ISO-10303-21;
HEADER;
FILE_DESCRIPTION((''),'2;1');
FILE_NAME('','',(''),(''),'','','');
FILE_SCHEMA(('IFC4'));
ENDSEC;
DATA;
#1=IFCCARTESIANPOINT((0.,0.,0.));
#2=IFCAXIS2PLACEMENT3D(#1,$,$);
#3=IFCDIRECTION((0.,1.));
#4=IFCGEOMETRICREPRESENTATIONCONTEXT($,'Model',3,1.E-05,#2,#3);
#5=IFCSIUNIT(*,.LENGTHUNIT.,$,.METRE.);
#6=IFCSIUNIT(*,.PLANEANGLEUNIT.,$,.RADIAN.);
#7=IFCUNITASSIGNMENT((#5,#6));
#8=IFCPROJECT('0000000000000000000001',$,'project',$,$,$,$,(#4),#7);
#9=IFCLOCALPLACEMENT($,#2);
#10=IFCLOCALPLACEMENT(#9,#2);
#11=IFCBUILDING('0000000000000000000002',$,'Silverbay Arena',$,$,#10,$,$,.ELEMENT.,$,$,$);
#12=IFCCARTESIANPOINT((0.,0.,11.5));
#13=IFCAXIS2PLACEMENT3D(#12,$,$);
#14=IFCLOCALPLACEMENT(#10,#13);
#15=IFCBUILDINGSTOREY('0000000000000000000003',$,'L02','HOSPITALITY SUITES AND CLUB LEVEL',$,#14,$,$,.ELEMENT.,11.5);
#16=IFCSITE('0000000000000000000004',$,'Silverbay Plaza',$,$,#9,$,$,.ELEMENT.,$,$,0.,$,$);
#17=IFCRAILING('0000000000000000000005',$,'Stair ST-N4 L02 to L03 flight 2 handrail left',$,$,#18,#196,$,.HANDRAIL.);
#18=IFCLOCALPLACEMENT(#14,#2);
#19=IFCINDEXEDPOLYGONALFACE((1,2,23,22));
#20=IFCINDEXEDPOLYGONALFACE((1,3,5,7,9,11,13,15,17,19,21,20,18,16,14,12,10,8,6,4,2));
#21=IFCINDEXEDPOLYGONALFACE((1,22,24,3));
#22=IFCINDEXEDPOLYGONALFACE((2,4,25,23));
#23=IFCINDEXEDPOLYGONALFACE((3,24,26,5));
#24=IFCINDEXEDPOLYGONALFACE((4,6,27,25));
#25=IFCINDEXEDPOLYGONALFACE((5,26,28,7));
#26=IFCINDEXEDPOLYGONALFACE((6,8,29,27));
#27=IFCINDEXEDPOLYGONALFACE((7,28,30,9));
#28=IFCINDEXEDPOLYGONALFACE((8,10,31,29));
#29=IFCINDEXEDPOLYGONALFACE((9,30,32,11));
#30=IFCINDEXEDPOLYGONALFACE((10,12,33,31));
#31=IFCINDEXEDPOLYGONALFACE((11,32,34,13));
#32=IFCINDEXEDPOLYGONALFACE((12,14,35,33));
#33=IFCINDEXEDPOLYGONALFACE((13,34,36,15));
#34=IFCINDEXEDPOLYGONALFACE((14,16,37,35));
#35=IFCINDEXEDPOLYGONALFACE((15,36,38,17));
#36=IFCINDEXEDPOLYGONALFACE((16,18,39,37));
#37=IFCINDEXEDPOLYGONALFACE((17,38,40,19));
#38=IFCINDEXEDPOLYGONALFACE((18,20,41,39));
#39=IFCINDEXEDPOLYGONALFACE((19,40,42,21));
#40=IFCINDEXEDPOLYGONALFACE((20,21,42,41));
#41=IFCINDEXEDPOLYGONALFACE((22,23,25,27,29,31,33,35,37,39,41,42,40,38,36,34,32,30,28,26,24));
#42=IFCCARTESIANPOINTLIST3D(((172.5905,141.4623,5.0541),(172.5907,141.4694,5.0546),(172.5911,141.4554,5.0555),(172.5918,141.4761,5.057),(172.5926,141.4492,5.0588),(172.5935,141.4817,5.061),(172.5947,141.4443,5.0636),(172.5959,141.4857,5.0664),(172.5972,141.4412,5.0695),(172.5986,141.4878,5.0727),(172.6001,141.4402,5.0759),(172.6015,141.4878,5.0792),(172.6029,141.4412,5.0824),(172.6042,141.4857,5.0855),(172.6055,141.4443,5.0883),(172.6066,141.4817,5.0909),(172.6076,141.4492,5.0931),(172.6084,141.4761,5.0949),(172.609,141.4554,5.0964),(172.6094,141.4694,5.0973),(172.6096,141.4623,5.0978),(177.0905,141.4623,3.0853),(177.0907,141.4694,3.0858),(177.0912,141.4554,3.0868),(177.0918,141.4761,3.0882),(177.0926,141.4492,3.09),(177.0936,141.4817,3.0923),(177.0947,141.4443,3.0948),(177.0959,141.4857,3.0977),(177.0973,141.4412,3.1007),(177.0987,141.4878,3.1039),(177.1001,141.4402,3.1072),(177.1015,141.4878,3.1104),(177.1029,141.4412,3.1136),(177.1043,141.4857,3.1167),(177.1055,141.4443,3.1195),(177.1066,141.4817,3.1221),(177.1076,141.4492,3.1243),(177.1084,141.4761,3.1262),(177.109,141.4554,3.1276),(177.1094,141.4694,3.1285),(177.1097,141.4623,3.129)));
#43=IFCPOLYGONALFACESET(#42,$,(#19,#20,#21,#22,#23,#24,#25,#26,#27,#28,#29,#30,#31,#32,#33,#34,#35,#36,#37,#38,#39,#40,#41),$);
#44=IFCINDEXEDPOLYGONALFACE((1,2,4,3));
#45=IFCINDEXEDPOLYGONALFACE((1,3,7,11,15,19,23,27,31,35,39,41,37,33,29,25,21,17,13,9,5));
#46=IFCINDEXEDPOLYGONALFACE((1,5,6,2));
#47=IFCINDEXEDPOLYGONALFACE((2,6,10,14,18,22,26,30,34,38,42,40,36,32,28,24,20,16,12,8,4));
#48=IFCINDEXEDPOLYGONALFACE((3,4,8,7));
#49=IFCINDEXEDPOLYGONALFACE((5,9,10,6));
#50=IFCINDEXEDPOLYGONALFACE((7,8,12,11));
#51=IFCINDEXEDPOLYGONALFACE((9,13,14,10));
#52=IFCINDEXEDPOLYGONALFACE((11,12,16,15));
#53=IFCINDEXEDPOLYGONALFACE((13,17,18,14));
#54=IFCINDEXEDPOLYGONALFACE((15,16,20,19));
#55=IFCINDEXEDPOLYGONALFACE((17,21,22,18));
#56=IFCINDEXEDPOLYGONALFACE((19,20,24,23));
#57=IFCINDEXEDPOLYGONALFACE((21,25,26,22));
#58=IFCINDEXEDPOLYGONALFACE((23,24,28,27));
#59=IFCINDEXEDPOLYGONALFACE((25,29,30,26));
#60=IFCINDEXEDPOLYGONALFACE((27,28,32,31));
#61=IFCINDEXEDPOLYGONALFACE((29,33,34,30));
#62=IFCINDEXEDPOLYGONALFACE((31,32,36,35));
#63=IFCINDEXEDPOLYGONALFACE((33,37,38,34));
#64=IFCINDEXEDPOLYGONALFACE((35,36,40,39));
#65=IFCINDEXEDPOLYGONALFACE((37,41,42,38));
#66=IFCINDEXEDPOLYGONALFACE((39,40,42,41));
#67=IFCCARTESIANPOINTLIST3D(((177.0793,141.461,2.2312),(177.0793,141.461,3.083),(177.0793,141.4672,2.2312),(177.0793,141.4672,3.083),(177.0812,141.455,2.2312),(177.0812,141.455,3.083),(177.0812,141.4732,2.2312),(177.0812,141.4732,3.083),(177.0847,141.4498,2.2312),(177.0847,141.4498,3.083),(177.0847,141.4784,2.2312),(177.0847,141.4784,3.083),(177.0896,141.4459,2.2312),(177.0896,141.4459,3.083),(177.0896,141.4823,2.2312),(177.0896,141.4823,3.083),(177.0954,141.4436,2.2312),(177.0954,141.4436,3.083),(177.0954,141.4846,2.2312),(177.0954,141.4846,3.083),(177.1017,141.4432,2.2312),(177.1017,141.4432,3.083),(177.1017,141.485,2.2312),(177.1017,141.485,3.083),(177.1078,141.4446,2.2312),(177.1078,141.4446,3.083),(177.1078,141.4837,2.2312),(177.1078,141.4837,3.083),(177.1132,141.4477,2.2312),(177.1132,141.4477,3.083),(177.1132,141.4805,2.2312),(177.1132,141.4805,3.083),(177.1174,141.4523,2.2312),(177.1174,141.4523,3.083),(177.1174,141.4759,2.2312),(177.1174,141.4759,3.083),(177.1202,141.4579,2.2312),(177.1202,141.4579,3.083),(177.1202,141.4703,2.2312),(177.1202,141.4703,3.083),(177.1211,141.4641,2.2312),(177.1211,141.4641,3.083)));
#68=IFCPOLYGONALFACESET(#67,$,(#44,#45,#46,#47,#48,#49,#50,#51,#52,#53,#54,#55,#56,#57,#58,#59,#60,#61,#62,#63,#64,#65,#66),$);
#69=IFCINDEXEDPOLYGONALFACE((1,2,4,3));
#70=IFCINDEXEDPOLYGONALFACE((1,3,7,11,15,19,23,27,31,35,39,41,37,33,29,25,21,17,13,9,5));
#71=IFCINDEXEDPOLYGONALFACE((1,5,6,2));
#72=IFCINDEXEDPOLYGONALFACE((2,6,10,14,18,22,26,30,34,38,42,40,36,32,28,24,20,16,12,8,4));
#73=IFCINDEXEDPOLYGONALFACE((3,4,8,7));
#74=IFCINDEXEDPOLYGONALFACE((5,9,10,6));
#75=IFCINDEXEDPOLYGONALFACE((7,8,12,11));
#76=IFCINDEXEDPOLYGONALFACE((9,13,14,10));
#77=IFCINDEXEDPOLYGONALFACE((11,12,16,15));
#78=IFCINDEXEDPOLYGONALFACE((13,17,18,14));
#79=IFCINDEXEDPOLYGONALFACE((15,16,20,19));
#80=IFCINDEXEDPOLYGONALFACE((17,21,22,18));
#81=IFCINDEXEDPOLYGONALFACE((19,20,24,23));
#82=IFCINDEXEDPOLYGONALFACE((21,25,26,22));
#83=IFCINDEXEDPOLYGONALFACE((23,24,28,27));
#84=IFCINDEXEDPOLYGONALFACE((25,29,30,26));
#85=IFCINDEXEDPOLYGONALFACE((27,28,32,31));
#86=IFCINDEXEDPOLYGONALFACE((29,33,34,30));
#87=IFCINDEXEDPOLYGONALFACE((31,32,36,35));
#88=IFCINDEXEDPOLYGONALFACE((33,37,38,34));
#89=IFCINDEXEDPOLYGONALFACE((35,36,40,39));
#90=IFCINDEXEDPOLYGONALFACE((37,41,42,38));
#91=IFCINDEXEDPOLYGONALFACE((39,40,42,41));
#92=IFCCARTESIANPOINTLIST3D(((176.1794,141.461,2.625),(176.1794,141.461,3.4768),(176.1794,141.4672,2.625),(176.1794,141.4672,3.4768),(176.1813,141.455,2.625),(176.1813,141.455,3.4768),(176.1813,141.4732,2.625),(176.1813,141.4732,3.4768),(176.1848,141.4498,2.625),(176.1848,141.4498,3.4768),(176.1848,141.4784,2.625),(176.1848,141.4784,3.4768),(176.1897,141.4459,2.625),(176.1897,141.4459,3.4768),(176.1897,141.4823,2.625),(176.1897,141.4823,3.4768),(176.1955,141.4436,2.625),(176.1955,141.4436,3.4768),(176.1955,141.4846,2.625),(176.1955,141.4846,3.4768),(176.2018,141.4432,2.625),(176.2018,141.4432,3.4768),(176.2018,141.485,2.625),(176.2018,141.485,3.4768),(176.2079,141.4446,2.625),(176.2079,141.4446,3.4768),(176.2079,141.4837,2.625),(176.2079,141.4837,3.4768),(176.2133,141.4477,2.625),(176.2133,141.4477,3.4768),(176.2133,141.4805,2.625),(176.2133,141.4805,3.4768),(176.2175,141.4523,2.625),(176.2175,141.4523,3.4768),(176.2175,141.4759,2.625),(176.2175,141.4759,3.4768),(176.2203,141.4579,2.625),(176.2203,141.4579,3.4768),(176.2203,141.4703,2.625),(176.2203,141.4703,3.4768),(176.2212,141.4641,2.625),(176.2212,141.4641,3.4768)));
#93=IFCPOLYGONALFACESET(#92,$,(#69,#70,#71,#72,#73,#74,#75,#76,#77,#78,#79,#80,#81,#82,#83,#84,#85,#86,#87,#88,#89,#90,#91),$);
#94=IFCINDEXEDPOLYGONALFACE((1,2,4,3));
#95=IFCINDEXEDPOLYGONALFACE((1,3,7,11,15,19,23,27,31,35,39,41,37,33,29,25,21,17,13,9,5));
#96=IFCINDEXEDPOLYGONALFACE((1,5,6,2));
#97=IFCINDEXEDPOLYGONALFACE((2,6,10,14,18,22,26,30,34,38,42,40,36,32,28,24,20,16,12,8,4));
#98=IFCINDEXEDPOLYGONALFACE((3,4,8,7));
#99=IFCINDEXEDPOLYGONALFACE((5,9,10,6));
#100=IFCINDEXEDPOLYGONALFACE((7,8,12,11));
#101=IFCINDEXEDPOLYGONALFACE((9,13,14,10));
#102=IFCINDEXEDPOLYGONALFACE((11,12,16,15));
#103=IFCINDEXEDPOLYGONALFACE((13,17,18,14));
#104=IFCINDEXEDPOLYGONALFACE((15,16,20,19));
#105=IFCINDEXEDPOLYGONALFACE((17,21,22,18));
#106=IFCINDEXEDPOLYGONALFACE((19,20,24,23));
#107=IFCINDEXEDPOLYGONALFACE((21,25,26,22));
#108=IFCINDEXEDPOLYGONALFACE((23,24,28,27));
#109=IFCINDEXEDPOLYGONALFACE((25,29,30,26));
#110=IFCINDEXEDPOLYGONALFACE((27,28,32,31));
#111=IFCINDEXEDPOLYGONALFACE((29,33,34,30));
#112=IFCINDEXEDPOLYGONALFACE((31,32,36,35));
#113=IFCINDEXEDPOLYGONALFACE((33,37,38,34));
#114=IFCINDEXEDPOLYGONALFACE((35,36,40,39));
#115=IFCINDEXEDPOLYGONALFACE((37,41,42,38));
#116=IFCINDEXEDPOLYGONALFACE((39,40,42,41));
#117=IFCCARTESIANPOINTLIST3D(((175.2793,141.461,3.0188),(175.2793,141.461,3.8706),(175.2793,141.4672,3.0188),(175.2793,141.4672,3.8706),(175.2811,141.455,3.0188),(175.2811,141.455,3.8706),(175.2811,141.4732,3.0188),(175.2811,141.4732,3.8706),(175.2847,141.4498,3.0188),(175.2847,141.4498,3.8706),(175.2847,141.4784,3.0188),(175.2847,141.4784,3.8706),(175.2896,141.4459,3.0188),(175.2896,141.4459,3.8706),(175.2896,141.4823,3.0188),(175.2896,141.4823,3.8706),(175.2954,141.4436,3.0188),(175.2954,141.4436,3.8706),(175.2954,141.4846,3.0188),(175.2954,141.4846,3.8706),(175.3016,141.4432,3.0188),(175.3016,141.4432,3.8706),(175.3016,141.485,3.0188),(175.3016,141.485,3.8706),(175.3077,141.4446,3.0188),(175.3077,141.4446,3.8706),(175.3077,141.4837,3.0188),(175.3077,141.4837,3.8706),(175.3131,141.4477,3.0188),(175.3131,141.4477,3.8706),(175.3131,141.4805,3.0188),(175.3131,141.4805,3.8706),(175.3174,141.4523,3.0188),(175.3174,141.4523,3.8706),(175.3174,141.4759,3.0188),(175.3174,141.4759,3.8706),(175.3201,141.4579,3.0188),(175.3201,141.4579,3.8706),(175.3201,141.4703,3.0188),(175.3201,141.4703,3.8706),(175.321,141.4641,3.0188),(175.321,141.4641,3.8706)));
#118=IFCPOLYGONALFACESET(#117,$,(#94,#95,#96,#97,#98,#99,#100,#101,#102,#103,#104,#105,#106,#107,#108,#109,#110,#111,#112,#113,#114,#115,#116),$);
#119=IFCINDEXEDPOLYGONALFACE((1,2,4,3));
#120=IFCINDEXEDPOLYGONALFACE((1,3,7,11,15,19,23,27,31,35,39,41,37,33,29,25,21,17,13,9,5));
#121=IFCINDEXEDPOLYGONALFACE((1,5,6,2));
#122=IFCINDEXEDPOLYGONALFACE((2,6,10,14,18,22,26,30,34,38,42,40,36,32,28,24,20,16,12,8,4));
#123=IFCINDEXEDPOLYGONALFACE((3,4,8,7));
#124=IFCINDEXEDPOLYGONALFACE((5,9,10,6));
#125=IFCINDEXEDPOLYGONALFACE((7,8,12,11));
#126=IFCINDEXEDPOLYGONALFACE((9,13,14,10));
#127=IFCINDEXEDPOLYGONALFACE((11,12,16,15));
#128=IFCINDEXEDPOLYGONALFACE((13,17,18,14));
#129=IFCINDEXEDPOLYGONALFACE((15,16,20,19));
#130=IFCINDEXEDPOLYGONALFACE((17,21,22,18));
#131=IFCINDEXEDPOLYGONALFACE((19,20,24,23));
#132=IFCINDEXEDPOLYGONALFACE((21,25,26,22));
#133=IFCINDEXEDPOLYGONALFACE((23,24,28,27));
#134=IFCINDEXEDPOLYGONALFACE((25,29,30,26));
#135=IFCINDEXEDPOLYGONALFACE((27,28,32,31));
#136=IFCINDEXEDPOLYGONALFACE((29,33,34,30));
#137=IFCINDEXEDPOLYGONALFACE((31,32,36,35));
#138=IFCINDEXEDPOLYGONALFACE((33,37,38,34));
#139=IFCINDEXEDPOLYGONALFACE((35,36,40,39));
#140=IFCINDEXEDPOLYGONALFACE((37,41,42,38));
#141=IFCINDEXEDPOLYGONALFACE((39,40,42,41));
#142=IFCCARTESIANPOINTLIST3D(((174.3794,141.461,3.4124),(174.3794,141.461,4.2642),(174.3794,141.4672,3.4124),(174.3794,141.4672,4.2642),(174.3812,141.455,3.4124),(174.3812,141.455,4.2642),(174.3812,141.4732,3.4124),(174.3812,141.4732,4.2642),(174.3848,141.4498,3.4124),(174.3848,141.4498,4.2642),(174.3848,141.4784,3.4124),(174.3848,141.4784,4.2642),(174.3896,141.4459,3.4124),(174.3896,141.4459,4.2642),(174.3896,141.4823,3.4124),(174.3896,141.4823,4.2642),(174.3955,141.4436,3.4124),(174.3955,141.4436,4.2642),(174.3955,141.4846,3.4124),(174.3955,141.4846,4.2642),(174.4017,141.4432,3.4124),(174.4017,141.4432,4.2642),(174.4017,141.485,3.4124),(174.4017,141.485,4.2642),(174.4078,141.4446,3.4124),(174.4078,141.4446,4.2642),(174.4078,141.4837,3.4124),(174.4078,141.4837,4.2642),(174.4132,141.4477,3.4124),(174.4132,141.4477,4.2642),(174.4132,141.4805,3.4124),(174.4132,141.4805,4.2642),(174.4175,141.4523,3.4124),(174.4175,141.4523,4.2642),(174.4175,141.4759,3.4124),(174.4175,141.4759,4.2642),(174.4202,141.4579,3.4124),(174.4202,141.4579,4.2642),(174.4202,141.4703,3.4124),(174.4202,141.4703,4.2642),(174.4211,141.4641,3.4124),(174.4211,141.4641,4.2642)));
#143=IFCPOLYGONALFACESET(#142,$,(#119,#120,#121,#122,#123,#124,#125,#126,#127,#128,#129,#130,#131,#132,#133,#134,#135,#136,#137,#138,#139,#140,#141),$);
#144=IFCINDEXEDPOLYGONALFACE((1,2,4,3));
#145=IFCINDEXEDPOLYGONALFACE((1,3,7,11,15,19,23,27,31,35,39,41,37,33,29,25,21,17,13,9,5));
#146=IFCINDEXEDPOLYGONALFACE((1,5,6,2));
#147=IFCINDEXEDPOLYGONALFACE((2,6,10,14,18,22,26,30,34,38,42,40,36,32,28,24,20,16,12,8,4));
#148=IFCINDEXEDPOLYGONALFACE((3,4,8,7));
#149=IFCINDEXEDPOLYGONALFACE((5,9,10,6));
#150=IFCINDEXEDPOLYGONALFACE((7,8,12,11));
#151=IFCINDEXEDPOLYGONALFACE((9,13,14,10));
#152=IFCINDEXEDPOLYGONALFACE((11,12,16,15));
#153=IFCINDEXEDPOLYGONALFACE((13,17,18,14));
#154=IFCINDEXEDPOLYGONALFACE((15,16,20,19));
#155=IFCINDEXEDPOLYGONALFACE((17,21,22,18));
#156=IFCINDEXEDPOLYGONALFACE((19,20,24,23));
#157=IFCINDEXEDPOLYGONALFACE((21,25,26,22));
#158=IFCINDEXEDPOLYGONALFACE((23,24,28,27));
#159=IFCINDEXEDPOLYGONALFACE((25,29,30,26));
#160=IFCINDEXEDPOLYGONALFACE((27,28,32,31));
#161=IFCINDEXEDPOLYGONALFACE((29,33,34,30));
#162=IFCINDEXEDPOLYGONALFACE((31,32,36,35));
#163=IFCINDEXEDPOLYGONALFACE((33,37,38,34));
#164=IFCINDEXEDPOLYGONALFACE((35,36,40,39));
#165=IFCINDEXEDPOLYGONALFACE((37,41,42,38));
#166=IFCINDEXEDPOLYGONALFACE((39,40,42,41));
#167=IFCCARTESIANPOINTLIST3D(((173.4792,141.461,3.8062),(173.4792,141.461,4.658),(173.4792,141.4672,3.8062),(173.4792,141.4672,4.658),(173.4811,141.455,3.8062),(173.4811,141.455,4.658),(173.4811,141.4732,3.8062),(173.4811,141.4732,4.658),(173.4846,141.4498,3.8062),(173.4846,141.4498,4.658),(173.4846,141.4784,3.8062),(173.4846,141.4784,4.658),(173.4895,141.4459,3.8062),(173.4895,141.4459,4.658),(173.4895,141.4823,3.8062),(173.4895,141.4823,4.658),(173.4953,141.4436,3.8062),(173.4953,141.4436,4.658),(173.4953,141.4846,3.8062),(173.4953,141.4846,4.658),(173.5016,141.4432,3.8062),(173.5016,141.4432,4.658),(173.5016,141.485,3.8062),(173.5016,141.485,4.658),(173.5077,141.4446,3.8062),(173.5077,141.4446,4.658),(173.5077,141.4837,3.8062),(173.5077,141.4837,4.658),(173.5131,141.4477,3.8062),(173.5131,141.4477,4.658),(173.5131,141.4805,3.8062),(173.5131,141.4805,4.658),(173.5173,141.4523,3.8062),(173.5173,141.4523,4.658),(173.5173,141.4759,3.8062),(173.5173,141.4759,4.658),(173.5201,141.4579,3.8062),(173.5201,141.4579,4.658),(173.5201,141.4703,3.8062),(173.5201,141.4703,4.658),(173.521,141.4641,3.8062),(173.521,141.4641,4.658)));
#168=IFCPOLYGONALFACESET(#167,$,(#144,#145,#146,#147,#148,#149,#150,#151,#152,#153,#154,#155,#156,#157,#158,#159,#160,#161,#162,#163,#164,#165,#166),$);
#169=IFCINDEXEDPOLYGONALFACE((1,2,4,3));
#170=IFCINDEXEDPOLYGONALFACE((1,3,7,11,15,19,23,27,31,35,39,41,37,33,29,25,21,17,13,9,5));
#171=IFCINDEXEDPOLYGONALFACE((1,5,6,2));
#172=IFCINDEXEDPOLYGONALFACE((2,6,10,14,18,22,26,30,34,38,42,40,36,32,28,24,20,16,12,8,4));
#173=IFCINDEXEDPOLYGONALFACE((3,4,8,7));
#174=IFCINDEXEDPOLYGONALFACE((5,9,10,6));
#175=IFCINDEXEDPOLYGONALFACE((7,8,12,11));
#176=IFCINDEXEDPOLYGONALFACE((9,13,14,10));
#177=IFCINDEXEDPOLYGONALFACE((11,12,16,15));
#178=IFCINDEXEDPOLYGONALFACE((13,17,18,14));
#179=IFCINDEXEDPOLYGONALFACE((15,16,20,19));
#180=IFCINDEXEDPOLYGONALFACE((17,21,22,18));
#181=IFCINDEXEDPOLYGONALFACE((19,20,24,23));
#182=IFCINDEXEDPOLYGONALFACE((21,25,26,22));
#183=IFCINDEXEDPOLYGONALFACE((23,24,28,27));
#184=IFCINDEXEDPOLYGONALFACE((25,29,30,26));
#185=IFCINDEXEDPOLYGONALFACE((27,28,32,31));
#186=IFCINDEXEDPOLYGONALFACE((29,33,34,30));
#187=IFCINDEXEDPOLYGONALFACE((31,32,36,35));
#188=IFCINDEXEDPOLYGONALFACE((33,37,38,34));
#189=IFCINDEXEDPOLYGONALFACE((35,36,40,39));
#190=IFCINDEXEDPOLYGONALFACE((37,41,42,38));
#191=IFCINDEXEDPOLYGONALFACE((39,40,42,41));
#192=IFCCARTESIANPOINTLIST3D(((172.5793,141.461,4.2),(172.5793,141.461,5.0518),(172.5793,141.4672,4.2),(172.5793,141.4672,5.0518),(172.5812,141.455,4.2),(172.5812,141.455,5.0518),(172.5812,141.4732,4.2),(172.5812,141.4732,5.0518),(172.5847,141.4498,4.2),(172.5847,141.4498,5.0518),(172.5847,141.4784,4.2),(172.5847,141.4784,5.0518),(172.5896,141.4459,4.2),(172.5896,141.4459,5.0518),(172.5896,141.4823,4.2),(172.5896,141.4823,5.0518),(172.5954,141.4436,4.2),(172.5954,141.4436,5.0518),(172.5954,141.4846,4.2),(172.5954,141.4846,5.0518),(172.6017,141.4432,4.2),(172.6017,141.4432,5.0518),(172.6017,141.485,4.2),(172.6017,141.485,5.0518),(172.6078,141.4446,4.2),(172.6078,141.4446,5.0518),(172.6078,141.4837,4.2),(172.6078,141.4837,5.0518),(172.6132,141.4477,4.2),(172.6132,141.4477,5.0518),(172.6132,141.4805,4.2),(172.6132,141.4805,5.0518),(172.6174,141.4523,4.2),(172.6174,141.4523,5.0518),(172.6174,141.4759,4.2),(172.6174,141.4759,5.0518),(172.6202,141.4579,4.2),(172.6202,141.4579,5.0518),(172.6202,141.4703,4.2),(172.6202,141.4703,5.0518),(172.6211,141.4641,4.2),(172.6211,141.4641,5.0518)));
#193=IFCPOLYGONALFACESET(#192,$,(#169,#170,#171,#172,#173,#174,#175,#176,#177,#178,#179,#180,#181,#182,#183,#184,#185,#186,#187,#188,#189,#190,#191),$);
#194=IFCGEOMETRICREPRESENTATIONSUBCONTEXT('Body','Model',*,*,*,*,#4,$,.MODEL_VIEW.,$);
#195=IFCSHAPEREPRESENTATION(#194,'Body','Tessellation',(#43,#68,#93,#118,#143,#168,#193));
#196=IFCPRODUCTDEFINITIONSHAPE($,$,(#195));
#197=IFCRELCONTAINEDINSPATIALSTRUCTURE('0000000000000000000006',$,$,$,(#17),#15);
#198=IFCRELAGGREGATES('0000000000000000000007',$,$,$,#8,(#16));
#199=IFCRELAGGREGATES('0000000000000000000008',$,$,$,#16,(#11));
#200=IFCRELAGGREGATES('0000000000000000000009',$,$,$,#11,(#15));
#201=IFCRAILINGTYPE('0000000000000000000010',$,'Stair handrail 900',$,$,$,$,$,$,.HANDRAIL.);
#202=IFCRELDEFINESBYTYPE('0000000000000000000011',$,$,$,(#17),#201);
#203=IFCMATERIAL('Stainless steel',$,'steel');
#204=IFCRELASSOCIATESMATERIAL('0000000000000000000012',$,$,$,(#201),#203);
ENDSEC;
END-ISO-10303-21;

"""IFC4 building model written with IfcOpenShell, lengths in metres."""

from ifc_helpers import new_model, si_unit, direction, frame, origin, origin_2d, place, context, subcontext, project, spatial, circle, extrude, material, type_object, element, save


model = new_model("IFC4")

# Units and contexts
model_context = context("Model", 3, precision=1e-05, world=origin(), true_north=direction((0.0, 1.0)))
body_context = subcontext(model_context, "Body", "Model", "MODEL_VIEW")
ifc_project = project(units=[si_unit("LENGTHUNIT", "METRE"), si_unit("PLANEANGLEUNIT", "RADIAN")], contexts=[model_context])

# Site, building, storey
site_placement = place(None, origin())
site = spatial("IfcSite", under=ifc_project, at=site_placement, Name="Silverbay Plaza", CompositionType="ELEMENT", RefElevation=0.0)
building_placement = place(site_placement, origin())
building = spatial("IfcBuilding", under=site, at=building_placement, Name="Silverbay Arena", CompositionType="ELEMENT")
storey_placement = place(building_placement, frame((0.0, 0.0, 11.5)))
storey = spatial("IfcBuildingStorey", under=building, at=storey_placement, Name="L02", Description="HOSPITALITY SUITES AND CLUB LEVEL", CompositionType="ELEMENT", Elevation=11.5)

# Railing
ifc_material_1 = material(Name="Stainless steel", Category="steel")
railing_type_1 = type_object("IfcRailingType", Name="Stair handrail 900", PredefinedType="HANDRAIL", material=ifc_material_1)
for number, where, name in (
    (1, (177.1001, 141.4641, 2.2312), "Stair ST-N4 L02 to L03 flight 2 handrail left"),
):
    element("IfcRailing", number, at=place(storey_placement, frame(where)), inside=storey, type_object=railing_type_1, Name=name, PredefinedType="HANDRAIL", context=body_context, shape_type="SweptSolid", body=[
        extrude(circle(Radius=0.0239, at=origin_2d()), frame((0.0, 0.0, 0.876), z_axis=(-0.916157, 0.0, 0.400819), x_axis=(0.0, -1.0, 0.0)), (0.0, 0.0, 1.0), 4.9119),
        extrude(circle(Radius=0.021, at=origin_2d()), origin(), (0.0, 0.0, 1.0), 0.8518),
        extrude(circle(Radius=0.021, at=origin_2d()), frame((-0.8999, 0.0, 0.3938)), (0.0, 0.0, 1.0), 0.8518),
        extrude(circle(Radius=0.021, at=origin_2d()), frame((-1.8, 0.0, 0.7876)), (0.0, 0.0, 1.0), 0.8518),
        extrude(circle(Radius=0.021, at=origin_2d()), frame((-2.7, 0.0, 1.1812)), (0.0, 0.0, 1.0), 0.8518),
        extrude(circle(Radius=0.021, at=origin_2d()), frame((-3.6001, 0.0, 1.575)), (0.0, 0.0, 1.0), 0.8518),
        extrude(circle(Radius=0.021, at=origin_2d()), frame((-4.5, 0.0, 1.9688)), (0.0, 0.0, 1.0), 0.8518),
    ])

save(model, "model.ifc")
